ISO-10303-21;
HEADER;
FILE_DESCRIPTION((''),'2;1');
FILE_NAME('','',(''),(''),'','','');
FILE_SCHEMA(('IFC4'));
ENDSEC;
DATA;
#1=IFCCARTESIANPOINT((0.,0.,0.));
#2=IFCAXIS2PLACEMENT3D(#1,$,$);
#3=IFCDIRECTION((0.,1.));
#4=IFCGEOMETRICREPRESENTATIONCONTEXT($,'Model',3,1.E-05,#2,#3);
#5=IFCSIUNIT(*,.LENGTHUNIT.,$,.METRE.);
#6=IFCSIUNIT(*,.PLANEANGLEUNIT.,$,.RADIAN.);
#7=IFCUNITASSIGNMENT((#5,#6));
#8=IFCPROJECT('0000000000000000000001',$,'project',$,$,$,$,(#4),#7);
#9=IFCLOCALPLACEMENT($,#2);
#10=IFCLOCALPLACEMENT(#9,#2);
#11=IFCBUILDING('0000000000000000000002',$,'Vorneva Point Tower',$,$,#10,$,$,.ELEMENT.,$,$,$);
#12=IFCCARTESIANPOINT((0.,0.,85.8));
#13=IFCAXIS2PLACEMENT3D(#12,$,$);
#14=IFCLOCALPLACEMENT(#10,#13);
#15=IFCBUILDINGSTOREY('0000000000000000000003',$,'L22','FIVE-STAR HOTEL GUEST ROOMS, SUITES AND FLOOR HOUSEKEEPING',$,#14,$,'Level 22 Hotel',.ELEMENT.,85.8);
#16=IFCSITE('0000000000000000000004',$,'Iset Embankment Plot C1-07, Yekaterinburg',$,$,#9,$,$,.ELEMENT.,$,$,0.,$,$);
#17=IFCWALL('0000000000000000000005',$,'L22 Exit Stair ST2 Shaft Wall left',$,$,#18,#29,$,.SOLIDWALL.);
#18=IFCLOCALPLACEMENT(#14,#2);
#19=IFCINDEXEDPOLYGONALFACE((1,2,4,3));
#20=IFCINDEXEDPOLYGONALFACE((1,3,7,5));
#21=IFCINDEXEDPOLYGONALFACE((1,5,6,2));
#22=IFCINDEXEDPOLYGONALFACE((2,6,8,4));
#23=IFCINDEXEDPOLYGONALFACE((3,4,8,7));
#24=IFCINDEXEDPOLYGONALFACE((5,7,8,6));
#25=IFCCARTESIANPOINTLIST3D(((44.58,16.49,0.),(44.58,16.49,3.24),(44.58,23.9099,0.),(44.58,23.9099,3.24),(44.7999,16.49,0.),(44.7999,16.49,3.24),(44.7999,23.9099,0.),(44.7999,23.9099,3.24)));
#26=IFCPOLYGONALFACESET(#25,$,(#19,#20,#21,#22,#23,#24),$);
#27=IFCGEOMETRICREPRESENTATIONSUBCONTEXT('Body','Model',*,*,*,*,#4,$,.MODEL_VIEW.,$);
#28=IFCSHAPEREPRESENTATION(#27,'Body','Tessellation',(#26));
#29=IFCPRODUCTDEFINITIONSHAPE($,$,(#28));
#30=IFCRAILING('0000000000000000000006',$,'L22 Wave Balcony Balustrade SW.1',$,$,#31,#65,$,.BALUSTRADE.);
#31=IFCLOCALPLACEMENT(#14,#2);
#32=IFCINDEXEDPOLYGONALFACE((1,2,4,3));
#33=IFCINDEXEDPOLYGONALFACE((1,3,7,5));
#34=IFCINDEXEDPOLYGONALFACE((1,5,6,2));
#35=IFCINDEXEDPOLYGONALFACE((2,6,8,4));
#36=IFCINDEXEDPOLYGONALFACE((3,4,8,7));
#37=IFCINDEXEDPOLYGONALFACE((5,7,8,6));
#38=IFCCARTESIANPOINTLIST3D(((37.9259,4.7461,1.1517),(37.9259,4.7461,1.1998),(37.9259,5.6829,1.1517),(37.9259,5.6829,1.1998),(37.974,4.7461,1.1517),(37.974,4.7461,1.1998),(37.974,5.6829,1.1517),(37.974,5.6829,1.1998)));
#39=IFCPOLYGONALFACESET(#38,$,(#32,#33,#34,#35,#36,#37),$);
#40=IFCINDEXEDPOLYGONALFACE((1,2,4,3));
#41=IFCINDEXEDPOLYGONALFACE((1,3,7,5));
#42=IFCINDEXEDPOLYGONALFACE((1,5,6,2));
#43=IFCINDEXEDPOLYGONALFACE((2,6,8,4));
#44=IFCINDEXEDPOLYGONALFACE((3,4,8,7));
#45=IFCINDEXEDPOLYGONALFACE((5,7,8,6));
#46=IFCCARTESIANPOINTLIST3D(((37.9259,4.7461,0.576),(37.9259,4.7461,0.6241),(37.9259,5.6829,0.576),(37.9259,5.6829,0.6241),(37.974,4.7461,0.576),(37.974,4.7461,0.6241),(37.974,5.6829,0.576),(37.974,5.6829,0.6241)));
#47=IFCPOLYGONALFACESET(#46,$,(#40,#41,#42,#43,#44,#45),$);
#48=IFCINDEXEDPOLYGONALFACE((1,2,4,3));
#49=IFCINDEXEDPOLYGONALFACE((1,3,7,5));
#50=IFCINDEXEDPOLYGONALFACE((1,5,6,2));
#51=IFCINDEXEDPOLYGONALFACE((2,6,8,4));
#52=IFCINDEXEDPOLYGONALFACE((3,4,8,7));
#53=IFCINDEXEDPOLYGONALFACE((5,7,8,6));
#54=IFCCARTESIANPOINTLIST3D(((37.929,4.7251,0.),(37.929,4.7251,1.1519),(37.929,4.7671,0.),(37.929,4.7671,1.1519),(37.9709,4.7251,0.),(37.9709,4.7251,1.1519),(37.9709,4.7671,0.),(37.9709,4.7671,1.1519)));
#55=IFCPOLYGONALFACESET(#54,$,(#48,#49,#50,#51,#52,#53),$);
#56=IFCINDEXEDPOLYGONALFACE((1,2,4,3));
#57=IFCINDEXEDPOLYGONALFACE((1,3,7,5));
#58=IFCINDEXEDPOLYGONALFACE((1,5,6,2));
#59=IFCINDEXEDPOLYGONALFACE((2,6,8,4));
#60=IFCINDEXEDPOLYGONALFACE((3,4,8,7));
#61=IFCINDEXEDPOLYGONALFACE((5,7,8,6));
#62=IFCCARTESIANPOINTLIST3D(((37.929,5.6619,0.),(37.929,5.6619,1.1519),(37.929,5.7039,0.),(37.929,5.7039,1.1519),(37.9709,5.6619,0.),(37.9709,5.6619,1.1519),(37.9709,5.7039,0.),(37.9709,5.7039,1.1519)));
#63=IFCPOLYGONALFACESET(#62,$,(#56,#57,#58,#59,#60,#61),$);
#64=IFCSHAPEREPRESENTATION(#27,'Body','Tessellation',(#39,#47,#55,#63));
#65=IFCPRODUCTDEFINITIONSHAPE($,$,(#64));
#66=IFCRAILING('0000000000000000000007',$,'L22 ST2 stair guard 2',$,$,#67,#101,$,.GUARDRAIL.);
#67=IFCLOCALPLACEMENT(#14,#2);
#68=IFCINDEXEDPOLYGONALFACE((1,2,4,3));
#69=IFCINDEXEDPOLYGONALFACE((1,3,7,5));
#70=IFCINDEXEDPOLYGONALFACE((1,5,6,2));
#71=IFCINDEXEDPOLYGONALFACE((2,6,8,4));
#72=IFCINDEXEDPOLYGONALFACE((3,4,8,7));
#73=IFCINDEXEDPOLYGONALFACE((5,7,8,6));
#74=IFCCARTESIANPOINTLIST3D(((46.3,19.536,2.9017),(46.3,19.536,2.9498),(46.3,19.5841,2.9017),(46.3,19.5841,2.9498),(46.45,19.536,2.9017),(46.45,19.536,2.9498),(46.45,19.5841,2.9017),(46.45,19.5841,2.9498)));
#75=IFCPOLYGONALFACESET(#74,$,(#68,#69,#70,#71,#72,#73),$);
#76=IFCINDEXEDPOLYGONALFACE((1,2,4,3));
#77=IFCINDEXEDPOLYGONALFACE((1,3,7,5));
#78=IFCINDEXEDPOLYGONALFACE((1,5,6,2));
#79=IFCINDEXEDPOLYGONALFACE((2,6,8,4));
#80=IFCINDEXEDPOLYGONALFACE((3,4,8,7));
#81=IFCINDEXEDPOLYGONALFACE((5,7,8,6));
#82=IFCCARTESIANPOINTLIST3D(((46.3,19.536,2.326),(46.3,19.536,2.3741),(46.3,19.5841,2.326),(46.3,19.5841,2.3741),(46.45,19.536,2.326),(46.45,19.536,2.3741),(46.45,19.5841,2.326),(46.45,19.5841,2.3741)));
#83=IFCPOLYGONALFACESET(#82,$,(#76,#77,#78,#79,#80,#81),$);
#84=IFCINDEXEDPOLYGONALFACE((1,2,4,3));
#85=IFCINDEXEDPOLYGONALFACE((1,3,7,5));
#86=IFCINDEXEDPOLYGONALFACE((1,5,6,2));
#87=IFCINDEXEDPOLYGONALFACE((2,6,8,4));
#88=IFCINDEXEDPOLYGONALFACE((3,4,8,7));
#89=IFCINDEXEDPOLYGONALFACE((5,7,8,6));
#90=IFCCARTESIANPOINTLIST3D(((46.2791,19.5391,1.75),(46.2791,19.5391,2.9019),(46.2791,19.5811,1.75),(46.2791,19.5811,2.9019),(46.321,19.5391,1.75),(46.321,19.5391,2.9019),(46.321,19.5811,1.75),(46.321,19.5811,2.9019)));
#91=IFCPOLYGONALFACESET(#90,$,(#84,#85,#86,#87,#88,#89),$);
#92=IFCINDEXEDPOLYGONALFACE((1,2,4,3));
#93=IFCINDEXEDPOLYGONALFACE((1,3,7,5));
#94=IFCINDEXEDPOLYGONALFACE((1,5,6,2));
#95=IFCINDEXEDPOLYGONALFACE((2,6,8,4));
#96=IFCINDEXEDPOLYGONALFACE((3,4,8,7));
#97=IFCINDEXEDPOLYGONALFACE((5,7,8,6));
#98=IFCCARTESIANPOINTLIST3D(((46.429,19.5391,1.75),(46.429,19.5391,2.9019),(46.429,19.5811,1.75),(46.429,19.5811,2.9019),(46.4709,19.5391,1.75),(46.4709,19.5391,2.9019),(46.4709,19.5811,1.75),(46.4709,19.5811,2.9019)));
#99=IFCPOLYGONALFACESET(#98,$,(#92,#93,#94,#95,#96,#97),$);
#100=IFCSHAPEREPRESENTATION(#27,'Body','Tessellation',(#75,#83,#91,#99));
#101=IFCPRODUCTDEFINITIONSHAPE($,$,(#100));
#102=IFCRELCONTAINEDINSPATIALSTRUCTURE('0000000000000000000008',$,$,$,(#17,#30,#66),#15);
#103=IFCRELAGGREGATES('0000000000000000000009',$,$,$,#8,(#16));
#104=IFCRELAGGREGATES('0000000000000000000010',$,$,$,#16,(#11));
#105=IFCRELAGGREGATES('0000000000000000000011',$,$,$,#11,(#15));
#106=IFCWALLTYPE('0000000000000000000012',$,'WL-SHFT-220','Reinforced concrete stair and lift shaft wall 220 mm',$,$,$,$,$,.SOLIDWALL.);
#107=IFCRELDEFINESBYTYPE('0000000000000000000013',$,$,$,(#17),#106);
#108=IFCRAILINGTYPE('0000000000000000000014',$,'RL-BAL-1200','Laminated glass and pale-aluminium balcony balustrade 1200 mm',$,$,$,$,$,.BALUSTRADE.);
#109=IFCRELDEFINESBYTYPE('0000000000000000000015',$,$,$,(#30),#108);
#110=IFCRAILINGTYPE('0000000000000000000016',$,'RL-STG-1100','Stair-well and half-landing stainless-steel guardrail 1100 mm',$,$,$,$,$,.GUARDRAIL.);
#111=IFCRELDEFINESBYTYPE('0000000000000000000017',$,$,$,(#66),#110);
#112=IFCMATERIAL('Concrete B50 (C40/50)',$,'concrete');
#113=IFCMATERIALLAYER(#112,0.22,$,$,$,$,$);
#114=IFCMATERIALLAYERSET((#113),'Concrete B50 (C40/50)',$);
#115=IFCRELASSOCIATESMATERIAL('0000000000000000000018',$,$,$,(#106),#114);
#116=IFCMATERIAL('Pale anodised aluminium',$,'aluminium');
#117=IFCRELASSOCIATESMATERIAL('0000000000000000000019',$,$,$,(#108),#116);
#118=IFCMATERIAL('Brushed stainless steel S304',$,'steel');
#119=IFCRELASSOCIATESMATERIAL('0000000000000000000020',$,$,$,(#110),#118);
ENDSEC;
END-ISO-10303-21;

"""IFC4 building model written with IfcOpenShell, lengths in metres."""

from ifc_helpers import new_model, si_unit, direction, frame, frame_2d, origin, origin_2d, place, context, subcontext, project, spatial, rectangle, extrude, material, layer, layer_set, type_object, element, save


model = new_model("IFC4")

# Units and contexts
model_context = context("Model", 3, precision=1e-05, world=origin(), true_north=direction((0.0, 1.0)))
body_context = subcontext(model_context, "Body", "Model", "MODEL_VIEW")
ifc_project = project(units=[si_unit("LENGTHUNIT", "METRE"), si_unit("PLANEANGLEUNIT", "RADIAN")], contexts=[model_context])

# Site, building, storey
site_placement = place(None, origin())
site = spatial("IfcSite", under=ifc_project, at=site_placement, Name="Iset Embankment Plot C1-07, Yekaterinburg", CompositionType="ELEMENT", RefElevation=0.0)
building_placement = place(site_placement, origin())
building = spatial("IfcBuilding", under=site, at=building_placement, Name="Vorneva Point Tower", CompositionType="ELEMENT")
storey_placement = place(building_placement, frame((0.0, 0.0, 85.8)))
storey = spatial("IfcBuildingStorey", under=building, at=storey_placement, Name="L22", Description="FIVE-STAR HOTEL GUEST ROOMS, SUITES AND FLOOR HOUSEKEEPING", LongName="Level 22 Hotel", CompositionType="ELEMENT", Elevation=85.8)

# Shared definitions
ifc_material_1 = material(Name="Pale anodised aluminium", Category="aluminium")

# Wall
ifc_material_2 = material(Name="Concrete B50 (C40/50)", Category="concrete")
ifc_layer_1 = layer(ifc_material_2, 0.22)
ifc_layer_set_1 = layer_set([ifc_layer_1], Name="Concrete B50 (C40/50)")
wall_type_1 = type_object("IfcWallType", Name="WL-SHFT-220", Description="Reinforced concrete stair and lift shaft wall 220 mm", PredefinedType="SOLIDWALL", material=ifc_layer_set_1)
wall_1_placement = place(storey_placement, frame((44.6899, 16.49, 0.0), z_axis=(0.0, 0.0, 1.0), x_axis=(0.0, 1.0, 0.0)))
element("IfcWall", 1, at=wall_1_placement, inside=storey, type_object=wall_type_1, Name="L22 Exit Stair ST2 Shaft Wall left", PredefinedType="SOLIDWALL", context=body_context, shape_type="SweptSolid", body=[
    extrude(rectangle(XDim=7.4199, YDim=0.22, at=frame_2d((3.71, 0.0))), origin(), (0.0, 0.0, 1.0), 3.24),
])

# Railings
railing_type_1 = type_object("IfcRailingType", Name="RL-BAL-1200", Description="Laminated glass and pale-aluminium balcony balustrade 1200 mm", PredefinedType="BALUSTRADE", material=ifc_material_1)
railing_1_placement = place(storey_placement, frame((37.95, 4.7461, 0.0)))
element("IfcRailing", 2, at=railing_1_placement, inside=storey, type_object=railing_type_1, Name="L22 Wave Balcony Balustrade SW.1", PredefinedType="BALUSTRADE", context=body_context, shape_type="SweptSolid", body=[
    extrude(rectangle(XDim=0.0481, YDim=0.0481, at=origin_2d()), frame((0.0, 0.0, 1.1758), z_axis=(0.0, 1.0, 0.0), x_axis=(-1.0, 0.0, 0.0)), (0.0, 0.0, 1.0), 0.9368),
    extrude(rectangle(XDim=0.0481, YDim=0.0481, at=origin_2d()), frame((0.0, 0.0, 0.6001), z_axis=(0.0, 1.0, 0.0), x_axis=(-1.0, 0.0, 0.0)), (0.0, 0.0, 1.0), 0.9368),
    extrude(rectangle(XDim=0.042, YDim=0.042, at=origin_2d()), origin(), (0.0, 0.0, 1.0), 1.1519),
    extrude(rectangle(XDim=0.042, YDim=0.042, at=origin_2d()), frame((0.0, 0.9368, 0.0)), (0.0, 0.0, 1.0), 1.1519),
])
ifc_material_3 = material(Name="Brushed stainless steel S304", Category="steel")
railing_type_2 = type_object("IfcRailingType", Name="RL-STG-1100", Description="Stair-well and half-landing stainless-steel guardrail 1100 mm", PredefinedType="GUARDRAIL", material=ifc_material_3)
railing_2_placement = place(storey_placement, frame((46.3, 19.5601, 1.75)))
element("IfcRailing", 3, at=railing_2_placement, inside=storey, type_object=railing_type_2, Name="L22 ST2 stair guard 2", PredefinedType="GUARDRAIL", context=body_context, shape_type="SweptSolid", body=[
    extrude(rectangle(XDim=0.0481, YDim=0.0481, at=origin_2d()), frame((0.0, 0.0, 1.1758), z_axis=(1.0, 0.0, 0.0), x_axis=(0.0, 1.0, 0.0)), (0.0, 0.0, 1.0), 0.1499),
    extrude(rectangle(XDim=0.0481, YDim=0.0481, at=origin_2d()), frame((0.0, 0.0, 0.6001), z_axis=(1.0, 0.0, 0.0), x_axis=(0.0, 1.0, 0.0)), (0.0, 0.0, 1.0), 0.1499),
    extrude(rectangle(XDim=0.042, YDim=0.042, at=origin_2d()), origin(), (0.0, 0.0, 1.0), 1.1519),
    extrude(rectangle(XDim=0.042, YDim=0.042, at=origin_2d()), frame((0.1499, 0.0, 0.0)), (0.0, 0.0, 1.0), 1.1519),
])

save(model, "model.ifc")
